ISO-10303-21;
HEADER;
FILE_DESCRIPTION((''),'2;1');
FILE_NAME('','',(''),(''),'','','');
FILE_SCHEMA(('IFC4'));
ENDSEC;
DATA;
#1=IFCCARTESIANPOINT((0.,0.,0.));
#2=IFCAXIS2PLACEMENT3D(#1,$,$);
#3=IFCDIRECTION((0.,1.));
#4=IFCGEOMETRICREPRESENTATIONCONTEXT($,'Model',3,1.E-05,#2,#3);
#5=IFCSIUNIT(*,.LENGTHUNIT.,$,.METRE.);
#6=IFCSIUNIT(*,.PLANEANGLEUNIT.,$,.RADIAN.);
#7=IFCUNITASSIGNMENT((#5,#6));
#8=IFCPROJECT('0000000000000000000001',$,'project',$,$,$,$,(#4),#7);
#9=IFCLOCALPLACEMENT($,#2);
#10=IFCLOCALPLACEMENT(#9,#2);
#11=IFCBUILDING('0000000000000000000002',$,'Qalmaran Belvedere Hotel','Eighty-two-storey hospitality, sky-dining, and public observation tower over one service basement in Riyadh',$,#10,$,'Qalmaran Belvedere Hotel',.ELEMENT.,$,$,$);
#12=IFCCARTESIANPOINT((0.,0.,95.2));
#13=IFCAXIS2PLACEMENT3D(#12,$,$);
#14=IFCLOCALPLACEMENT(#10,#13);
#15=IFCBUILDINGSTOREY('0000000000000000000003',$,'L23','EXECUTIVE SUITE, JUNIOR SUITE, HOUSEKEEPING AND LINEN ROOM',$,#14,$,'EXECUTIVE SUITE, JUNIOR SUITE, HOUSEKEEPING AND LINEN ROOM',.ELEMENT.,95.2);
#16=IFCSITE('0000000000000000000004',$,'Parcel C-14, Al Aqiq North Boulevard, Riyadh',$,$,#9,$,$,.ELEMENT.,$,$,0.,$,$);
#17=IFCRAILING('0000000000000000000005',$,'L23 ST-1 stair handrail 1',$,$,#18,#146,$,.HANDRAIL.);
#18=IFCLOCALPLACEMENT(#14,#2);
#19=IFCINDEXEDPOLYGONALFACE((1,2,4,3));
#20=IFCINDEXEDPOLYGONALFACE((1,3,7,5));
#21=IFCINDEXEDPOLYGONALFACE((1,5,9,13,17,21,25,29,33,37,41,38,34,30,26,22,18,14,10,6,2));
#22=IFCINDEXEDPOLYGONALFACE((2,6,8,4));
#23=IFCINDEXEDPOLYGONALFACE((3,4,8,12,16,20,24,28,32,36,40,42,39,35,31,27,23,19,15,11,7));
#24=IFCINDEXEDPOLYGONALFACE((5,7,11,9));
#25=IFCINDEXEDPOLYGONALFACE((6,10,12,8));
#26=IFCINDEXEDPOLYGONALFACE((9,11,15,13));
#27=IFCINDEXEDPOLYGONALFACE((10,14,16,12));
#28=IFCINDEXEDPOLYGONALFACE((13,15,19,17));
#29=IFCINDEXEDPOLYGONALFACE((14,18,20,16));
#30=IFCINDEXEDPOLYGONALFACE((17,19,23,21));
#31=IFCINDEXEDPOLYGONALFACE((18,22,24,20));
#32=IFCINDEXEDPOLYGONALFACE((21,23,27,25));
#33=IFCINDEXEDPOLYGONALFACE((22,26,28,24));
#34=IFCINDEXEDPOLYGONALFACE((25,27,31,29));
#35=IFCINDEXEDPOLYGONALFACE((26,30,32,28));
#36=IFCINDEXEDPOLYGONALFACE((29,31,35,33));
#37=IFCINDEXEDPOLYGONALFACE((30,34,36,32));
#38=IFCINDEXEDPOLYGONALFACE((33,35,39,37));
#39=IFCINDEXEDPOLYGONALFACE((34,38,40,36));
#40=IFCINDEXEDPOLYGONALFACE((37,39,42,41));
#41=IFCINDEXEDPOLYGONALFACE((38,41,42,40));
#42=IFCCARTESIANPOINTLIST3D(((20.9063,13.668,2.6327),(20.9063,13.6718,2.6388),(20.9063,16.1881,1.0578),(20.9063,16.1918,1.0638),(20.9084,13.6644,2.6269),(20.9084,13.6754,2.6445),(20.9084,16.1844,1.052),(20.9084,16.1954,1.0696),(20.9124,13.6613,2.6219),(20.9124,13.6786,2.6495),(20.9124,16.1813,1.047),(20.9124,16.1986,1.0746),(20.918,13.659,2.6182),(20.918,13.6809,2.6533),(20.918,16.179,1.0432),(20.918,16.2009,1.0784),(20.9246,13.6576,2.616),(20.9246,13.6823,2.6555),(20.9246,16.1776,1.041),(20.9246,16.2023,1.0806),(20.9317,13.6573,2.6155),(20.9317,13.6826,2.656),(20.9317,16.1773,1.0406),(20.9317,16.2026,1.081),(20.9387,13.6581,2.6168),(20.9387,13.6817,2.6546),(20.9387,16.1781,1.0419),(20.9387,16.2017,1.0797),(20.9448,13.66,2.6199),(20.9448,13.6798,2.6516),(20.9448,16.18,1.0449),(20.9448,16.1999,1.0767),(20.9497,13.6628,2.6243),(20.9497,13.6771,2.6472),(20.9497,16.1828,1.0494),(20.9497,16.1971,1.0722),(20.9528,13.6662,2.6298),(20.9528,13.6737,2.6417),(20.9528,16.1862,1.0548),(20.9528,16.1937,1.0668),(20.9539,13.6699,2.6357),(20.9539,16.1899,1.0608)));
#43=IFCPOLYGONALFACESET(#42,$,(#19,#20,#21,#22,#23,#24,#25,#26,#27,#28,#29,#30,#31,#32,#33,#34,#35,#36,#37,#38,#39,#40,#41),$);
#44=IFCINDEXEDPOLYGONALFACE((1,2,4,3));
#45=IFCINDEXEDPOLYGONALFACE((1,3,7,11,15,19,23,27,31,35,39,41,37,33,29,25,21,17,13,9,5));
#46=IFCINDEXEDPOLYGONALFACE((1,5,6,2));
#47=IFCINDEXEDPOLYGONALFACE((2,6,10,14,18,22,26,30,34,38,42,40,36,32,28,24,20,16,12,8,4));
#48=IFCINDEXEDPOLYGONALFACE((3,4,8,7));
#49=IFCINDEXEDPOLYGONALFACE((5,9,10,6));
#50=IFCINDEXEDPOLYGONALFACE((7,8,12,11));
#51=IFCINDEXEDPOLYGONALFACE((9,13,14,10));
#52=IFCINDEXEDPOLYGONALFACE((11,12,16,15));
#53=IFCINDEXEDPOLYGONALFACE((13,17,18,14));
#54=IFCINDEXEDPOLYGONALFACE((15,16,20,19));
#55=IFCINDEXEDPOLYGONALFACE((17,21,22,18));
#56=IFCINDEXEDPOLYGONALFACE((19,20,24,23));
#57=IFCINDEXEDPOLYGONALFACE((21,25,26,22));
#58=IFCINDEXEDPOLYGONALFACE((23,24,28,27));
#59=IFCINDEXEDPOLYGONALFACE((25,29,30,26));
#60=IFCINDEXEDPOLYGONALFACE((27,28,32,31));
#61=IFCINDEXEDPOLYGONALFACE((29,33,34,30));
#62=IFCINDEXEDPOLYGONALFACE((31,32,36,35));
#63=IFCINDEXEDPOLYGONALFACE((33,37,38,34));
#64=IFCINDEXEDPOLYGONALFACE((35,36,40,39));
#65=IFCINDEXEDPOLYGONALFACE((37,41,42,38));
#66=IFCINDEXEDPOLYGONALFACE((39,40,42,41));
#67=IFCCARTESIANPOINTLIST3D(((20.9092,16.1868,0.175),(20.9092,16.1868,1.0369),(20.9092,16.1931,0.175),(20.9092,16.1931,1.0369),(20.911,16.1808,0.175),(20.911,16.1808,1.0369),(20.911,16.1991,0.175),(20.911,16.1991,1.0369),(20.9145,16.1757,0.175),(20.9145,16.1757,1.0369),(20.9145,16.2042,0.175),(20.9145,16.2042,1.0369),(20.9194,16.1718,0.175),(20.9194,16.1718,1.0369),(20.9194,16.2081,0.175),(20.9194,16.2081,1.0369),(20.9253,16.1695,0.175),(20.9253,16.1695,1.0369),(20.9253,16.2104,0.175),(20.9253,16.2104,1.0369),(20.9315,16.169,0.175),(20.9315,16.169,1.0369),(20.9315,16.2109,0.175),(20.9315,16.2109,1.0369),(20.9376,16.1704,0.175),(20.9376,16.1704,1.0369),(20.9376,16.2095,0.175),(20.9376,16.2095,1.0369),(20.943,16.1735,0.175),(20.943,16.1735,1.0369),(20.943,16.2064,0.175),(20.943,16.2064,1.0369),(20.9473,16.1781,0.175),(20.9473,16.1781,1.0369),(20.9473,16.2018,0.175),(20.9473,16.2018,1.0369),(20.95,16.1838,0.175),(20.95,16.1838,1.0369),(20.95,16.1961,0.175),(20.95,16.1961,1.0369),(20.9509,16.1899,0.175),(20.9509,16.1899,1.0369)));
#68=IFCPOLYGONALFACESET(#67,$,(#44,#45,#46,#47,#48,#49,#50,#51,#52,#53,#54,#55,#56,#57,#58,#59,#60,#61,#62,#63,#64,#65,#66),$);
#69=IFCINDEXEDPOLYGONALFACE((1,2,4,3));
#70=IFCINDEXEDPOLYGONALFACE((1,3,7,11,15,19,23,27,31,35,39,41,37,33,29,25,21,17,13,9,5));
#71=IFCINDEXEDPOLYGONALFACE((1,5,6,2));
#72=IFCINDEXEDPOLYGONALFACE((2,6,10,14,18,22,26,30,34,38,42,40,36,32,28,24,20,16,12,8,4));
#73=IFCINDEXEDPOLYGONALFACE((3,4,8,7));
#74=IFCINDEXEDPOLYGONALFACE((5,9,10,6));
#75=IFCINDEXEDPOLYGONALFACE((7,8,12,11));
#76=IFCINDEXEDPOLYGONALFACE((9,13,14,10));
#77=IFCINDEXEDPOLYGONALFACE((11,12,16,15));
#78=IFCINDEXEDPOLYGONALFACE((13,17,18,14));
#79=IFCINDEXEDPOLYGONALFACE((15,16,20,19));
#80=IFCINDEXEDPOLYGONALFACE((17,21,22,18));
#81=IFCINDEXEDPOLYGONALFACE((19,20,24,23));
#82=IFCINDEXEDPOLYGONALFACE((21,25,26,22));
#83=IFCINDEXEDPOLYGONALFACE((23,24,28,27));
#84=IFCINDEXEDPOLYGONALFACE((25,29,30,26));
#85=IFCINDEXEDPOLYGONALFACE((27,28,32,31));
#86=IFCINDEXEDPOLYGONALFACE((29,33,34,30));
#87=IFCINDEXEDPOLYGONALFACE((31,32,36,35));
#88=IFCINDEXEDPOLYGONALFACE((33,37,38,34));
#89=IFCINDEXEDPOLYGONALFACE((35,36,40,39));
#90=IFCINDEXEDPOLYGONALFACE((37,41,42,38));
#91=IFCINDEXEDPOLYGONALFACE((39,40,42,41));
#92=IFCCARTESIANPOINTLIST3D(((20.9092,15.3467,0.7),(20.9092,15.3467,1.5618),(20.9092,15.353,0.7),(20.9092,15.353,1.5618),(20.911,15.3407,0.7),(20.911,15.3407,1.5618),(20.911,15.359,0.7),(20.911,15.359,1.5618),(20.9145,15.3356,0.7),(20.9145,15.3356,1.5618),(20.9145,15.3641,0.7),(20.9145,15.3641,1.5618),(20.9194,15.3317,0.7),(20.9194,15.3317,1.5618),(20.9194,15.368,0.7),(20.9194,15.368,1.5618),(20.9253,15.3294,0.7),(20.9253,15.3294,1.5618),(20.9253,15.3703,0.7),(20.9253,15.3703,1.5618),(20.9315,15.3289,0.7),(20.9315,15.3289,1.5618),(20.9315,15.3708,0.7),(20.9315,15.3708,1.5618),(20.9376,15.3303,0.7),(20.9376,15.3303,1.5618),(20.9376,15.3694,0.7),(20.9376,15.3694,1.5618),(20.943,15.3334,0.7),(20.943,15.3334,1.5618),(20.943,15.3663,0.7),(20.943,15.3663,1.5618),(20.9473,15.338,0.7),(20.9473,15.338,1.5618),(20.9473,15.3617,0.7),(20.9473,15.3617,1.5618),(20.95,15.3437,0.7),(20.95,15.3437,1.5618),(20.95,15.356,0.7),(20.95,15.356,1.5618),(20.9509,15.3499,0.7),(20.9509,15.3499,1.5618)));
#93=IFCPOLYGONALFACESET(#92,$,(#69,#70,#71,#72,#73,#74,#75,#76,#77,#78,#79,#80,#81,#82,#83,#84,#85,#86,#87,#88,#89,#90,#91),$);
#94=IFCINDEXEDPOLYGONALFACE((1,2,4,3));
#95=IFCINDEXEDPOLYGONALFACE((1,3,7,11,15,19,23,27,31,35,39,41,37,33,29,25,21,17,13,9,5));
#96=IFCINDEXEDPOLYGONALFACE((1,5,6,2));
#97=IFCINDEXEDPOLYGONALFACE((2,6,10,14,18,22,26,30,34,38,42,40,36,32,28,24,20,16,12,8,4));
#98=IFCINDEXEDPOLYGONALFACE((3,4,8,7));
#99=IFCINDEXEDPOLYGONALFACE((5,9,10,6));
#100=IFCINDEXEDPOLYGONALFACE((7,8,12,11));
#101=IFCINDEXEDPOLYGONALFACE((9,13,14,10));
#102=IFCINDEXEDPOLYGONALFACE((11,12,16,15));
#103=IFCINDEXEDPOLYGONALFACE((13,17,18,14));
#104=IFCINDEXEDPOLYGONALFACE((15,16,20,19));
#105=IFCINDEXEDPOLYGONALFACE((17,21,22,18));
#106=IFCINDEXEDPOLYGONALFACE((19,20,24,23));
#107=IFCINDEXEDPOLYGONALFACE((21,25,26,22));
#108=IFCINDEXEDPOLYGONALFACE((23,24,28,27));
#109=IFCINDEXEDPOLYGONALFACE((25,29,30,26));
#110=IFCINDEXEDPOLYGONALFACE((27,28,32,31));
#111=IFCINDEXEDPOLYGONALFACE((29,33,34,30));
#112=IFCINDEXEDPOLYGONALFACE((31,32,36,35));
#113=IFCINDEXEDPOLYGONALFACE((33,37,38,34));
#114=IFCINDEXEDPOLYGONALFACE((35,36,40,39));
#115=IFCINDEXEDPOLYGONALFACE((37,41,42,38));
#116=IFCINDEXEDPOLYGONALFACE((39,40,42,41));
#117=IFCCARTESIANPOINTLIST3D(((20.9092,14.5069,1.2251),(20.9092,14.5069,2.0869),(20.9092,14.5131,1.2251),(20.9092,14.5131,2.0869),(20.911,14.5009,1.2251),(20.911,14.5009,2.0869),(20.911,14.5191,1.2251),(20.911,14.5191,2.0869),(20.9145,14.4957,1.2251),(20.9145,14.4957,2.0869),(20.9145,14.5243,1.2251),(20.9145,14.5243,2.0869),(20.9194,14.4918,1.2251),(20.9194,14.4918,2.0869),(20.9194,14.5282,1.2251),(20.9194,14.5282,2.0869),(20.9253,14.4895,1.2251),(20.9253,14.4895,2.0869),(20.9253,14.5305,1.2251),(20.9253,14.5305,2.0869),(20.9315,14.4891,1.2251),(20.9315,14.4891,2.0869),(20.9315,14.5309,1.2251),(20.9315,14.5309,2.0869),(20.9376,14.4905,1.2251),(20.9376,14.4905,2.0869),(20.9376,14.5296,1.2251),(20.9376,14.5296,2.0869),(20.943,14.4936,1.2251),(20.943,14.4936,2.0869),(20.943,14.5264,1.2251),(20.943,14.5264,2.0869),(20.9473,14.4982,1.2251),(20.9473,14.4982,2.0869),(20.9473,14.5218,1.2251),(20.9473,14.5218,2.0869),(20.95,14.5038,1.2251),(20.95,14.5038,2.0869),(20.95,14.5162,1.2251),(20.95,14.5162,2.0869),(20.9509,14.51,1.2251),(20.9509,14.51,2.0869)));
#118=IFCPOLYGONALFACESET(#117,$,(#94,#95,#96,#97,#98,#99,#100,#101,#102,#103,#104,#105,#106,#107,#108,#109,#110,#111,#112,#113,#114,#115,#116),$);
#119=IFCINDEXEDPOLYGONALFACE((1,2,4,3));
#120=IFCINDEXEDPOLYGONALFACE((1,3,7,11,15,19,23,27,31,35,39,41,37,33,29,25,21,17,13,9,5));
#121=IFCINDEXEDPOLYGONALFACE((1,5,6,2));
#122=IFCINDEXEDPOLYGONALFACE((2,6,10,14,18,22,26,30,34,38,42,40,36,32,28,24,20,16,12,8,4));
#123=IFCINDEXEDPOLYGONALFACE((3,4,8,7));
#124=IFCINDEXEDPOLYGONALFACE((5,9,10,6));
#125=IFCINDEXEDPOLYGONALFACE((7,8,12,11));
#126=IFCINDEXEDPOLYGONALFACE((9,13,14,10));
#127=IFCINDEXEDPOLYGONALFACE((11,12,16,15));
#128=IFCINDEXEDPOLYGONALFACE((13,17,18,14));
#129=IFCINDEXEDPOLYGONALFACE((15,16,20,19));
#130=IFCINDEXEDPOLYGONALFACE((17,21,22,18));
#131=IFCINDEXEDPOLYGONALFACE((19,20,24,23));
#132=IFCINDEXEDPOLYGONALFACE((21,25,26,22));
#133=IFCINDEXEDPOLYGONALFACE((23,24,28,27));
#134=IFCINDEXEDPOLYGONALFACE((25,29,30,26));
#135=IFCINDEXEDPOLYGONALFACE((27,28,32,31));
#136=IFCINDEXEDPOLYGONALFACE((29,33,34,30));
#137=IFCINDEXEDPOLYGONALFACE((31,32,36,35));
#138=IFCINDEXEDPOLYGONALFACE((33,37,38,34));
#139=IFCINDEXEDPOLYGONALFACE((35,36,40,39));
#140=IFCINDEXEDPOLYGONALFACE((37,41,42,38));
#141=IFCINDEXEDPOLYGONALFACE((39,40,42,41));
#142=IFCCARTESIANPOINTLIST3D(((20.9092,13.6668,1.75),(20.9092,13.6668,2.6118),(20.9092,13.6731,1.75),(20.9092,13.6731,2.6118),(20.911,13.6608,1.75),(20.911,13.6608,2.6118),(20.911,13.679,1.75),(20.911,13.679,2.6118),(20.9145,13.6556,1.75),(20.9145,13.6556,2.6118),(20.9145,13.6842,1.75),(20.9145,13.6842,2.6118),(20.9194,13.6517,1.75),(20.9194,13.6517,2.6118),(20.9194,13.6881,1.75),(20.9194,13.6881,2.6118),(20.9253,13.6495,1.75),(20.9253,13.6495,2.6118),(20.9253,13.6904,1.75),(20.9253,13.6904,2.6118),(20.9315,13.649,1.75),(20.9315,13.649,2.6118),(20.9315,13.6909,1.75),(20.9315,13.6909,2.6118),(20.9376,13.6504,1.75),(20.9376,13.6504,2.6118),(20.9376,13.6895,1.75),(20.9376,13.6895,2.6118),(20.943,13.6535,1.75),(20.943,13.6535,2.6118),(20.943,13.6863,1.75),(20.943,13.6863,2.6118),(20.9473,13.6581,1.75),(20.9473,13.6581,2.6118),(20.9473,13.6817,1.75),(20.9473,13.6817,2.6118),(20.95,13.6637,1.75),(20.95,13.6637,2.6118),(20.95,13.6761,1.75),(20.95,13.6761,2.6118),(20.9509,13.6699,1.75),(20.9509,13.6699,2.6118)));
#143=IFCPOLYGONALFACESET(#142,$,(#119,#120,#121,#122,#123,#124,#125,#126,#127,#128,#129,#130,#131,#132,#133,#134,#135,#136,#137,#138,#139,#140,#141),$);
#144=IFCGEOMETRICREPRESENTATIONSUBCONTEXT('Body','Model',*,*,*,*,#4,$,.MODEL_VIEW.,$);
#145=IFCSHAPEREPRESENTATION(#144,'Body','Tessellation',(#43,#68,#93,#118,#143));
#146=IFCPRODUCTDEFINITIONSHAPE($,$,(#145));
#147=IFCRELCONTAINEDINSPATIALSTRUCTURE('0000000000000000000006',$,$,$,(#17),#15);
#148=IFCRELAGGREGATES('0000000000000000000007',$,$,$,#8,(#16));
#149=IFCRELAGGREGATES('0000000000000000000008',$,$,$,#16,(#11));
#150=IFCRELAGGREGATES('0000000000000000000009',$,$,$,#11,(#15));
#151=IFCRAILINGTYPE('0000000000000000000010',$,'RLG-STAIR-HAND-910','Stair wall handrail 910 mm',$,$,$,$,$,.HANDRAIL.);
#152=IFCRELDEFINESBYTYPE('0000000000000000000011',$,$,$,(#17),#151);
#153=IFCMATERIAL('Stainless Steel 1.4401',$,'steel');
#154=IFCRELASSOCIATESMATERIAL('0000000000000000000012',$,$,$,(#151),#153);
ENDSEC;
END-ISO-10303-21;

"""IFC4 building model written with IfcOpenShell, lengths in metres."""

from ifc_helpers import new_model, si_unit, direction, frame, origin, origin_2d, place, context, subcontext, project, spatial, circle, extrude, material, type_object, element, save


model = new_model("IFC4")

# Units and contexts
model_context = context("Model", 3, precision=1e-05, world=origin(), true_north=direction((0.0, 1.0)))
body_context = subcontext(model_context, "Body", "Model", "MODEL_VIEW")
ifc_project = project(units=[si_unit("LENGTHUNIT", "METRE"), si_unit("PLANEANGLEUNIT", "RADIAN")], contexts=[model_context])

# Site, building, storey
site_placement = place(None, origin())
site = spatial("IfcSite", under=ifc_project, at=site_placement, Name="Parcel C-14, Al Aqiq North Boulevard, Riyadh", CompositionType="ELEMENT", RefElevation=0.0)
building_placement = place(site_placement, origin())
building = spatial("IfcBuilding", under=site, at=building_placement, Name="Qalmaran Belvedere Hotel", Description="Eighty-two-storey hospitality, sky-dining, and public observation tower over one service basement in Riyadh", LongName="Qalmaran Belvedere Hotel", CompositionType="ELEMENT")
storey_placement = place(building_placement, frame((0.0, 0.0, 95.2)))
storey = spatial("IfcBuildingStorey", under=building, at=storey_placement, Name="L23", Description="EXECUTIVE SUITE, JUNIOR SUITE, HOUSEKEEPING AND LINEN ROOM", LongName="EXECUTIVE SUITE, JUNIOR SUITE, HOUSEKEEPING AND LINEN ROOM", CompositionType="ELEMENT", Elevation=95.2)

# Shared definitions
ifc_material_1 = material(Name="Stainless Steel 1.4401", Category="steel")

# Railing
railing_type_1 = type_object("IfcRailingType", Name="RLG-STAIR-HAND-910", Description="Stair wall handrail 910 mm", PredefinedType="HANDRAIL", material=ifc_material_1)
railing_1_placement = place(storey_placement, frame((20.9299, 16.1899, 0.175)))
element("IfcRailing", 1, at=railing_1_placement, inside=storey, type_object=railing_type_1, Name="L23 ST-1 stair handrail 1", PredefinedType="HANDRAIL", context=body_context, shape_type="SweptSolid", body=[
    extrude(circle(Radius=0.0239, at=origin_2d()), frame((0.0, 0.0, 0.8857), z_axis=(0.0, -0.848008, 0.529984), x_axis=(1.0, 0.0, 0.0)), (0.0, 0.0, 1.0), 2.9717),
    extrude(circle(Radius=0.021, at=origin_2d()), origin(), (0.0, 0.0, 1.0), 0.8618),
    extrude(circle(Radius=0.021, at=origin_2d()), frame((0.0, -0.8401, 0.5249)), (0.0, 0.0, 1.0), 0.8618),
    extrude(circle(Radius=0.021, at=origin_2d()), frame((0.0, -1.6799, 1.05)), (0.0, 0.0, 1.0), 0.8618),
    extrude(circle(Radius=0.021, at=origin_2d()), frame((0.0, -2.52, 1.575)), (0.0, 0.0, 1.0), 0.8618),
])

save(model, "model.ifc")
